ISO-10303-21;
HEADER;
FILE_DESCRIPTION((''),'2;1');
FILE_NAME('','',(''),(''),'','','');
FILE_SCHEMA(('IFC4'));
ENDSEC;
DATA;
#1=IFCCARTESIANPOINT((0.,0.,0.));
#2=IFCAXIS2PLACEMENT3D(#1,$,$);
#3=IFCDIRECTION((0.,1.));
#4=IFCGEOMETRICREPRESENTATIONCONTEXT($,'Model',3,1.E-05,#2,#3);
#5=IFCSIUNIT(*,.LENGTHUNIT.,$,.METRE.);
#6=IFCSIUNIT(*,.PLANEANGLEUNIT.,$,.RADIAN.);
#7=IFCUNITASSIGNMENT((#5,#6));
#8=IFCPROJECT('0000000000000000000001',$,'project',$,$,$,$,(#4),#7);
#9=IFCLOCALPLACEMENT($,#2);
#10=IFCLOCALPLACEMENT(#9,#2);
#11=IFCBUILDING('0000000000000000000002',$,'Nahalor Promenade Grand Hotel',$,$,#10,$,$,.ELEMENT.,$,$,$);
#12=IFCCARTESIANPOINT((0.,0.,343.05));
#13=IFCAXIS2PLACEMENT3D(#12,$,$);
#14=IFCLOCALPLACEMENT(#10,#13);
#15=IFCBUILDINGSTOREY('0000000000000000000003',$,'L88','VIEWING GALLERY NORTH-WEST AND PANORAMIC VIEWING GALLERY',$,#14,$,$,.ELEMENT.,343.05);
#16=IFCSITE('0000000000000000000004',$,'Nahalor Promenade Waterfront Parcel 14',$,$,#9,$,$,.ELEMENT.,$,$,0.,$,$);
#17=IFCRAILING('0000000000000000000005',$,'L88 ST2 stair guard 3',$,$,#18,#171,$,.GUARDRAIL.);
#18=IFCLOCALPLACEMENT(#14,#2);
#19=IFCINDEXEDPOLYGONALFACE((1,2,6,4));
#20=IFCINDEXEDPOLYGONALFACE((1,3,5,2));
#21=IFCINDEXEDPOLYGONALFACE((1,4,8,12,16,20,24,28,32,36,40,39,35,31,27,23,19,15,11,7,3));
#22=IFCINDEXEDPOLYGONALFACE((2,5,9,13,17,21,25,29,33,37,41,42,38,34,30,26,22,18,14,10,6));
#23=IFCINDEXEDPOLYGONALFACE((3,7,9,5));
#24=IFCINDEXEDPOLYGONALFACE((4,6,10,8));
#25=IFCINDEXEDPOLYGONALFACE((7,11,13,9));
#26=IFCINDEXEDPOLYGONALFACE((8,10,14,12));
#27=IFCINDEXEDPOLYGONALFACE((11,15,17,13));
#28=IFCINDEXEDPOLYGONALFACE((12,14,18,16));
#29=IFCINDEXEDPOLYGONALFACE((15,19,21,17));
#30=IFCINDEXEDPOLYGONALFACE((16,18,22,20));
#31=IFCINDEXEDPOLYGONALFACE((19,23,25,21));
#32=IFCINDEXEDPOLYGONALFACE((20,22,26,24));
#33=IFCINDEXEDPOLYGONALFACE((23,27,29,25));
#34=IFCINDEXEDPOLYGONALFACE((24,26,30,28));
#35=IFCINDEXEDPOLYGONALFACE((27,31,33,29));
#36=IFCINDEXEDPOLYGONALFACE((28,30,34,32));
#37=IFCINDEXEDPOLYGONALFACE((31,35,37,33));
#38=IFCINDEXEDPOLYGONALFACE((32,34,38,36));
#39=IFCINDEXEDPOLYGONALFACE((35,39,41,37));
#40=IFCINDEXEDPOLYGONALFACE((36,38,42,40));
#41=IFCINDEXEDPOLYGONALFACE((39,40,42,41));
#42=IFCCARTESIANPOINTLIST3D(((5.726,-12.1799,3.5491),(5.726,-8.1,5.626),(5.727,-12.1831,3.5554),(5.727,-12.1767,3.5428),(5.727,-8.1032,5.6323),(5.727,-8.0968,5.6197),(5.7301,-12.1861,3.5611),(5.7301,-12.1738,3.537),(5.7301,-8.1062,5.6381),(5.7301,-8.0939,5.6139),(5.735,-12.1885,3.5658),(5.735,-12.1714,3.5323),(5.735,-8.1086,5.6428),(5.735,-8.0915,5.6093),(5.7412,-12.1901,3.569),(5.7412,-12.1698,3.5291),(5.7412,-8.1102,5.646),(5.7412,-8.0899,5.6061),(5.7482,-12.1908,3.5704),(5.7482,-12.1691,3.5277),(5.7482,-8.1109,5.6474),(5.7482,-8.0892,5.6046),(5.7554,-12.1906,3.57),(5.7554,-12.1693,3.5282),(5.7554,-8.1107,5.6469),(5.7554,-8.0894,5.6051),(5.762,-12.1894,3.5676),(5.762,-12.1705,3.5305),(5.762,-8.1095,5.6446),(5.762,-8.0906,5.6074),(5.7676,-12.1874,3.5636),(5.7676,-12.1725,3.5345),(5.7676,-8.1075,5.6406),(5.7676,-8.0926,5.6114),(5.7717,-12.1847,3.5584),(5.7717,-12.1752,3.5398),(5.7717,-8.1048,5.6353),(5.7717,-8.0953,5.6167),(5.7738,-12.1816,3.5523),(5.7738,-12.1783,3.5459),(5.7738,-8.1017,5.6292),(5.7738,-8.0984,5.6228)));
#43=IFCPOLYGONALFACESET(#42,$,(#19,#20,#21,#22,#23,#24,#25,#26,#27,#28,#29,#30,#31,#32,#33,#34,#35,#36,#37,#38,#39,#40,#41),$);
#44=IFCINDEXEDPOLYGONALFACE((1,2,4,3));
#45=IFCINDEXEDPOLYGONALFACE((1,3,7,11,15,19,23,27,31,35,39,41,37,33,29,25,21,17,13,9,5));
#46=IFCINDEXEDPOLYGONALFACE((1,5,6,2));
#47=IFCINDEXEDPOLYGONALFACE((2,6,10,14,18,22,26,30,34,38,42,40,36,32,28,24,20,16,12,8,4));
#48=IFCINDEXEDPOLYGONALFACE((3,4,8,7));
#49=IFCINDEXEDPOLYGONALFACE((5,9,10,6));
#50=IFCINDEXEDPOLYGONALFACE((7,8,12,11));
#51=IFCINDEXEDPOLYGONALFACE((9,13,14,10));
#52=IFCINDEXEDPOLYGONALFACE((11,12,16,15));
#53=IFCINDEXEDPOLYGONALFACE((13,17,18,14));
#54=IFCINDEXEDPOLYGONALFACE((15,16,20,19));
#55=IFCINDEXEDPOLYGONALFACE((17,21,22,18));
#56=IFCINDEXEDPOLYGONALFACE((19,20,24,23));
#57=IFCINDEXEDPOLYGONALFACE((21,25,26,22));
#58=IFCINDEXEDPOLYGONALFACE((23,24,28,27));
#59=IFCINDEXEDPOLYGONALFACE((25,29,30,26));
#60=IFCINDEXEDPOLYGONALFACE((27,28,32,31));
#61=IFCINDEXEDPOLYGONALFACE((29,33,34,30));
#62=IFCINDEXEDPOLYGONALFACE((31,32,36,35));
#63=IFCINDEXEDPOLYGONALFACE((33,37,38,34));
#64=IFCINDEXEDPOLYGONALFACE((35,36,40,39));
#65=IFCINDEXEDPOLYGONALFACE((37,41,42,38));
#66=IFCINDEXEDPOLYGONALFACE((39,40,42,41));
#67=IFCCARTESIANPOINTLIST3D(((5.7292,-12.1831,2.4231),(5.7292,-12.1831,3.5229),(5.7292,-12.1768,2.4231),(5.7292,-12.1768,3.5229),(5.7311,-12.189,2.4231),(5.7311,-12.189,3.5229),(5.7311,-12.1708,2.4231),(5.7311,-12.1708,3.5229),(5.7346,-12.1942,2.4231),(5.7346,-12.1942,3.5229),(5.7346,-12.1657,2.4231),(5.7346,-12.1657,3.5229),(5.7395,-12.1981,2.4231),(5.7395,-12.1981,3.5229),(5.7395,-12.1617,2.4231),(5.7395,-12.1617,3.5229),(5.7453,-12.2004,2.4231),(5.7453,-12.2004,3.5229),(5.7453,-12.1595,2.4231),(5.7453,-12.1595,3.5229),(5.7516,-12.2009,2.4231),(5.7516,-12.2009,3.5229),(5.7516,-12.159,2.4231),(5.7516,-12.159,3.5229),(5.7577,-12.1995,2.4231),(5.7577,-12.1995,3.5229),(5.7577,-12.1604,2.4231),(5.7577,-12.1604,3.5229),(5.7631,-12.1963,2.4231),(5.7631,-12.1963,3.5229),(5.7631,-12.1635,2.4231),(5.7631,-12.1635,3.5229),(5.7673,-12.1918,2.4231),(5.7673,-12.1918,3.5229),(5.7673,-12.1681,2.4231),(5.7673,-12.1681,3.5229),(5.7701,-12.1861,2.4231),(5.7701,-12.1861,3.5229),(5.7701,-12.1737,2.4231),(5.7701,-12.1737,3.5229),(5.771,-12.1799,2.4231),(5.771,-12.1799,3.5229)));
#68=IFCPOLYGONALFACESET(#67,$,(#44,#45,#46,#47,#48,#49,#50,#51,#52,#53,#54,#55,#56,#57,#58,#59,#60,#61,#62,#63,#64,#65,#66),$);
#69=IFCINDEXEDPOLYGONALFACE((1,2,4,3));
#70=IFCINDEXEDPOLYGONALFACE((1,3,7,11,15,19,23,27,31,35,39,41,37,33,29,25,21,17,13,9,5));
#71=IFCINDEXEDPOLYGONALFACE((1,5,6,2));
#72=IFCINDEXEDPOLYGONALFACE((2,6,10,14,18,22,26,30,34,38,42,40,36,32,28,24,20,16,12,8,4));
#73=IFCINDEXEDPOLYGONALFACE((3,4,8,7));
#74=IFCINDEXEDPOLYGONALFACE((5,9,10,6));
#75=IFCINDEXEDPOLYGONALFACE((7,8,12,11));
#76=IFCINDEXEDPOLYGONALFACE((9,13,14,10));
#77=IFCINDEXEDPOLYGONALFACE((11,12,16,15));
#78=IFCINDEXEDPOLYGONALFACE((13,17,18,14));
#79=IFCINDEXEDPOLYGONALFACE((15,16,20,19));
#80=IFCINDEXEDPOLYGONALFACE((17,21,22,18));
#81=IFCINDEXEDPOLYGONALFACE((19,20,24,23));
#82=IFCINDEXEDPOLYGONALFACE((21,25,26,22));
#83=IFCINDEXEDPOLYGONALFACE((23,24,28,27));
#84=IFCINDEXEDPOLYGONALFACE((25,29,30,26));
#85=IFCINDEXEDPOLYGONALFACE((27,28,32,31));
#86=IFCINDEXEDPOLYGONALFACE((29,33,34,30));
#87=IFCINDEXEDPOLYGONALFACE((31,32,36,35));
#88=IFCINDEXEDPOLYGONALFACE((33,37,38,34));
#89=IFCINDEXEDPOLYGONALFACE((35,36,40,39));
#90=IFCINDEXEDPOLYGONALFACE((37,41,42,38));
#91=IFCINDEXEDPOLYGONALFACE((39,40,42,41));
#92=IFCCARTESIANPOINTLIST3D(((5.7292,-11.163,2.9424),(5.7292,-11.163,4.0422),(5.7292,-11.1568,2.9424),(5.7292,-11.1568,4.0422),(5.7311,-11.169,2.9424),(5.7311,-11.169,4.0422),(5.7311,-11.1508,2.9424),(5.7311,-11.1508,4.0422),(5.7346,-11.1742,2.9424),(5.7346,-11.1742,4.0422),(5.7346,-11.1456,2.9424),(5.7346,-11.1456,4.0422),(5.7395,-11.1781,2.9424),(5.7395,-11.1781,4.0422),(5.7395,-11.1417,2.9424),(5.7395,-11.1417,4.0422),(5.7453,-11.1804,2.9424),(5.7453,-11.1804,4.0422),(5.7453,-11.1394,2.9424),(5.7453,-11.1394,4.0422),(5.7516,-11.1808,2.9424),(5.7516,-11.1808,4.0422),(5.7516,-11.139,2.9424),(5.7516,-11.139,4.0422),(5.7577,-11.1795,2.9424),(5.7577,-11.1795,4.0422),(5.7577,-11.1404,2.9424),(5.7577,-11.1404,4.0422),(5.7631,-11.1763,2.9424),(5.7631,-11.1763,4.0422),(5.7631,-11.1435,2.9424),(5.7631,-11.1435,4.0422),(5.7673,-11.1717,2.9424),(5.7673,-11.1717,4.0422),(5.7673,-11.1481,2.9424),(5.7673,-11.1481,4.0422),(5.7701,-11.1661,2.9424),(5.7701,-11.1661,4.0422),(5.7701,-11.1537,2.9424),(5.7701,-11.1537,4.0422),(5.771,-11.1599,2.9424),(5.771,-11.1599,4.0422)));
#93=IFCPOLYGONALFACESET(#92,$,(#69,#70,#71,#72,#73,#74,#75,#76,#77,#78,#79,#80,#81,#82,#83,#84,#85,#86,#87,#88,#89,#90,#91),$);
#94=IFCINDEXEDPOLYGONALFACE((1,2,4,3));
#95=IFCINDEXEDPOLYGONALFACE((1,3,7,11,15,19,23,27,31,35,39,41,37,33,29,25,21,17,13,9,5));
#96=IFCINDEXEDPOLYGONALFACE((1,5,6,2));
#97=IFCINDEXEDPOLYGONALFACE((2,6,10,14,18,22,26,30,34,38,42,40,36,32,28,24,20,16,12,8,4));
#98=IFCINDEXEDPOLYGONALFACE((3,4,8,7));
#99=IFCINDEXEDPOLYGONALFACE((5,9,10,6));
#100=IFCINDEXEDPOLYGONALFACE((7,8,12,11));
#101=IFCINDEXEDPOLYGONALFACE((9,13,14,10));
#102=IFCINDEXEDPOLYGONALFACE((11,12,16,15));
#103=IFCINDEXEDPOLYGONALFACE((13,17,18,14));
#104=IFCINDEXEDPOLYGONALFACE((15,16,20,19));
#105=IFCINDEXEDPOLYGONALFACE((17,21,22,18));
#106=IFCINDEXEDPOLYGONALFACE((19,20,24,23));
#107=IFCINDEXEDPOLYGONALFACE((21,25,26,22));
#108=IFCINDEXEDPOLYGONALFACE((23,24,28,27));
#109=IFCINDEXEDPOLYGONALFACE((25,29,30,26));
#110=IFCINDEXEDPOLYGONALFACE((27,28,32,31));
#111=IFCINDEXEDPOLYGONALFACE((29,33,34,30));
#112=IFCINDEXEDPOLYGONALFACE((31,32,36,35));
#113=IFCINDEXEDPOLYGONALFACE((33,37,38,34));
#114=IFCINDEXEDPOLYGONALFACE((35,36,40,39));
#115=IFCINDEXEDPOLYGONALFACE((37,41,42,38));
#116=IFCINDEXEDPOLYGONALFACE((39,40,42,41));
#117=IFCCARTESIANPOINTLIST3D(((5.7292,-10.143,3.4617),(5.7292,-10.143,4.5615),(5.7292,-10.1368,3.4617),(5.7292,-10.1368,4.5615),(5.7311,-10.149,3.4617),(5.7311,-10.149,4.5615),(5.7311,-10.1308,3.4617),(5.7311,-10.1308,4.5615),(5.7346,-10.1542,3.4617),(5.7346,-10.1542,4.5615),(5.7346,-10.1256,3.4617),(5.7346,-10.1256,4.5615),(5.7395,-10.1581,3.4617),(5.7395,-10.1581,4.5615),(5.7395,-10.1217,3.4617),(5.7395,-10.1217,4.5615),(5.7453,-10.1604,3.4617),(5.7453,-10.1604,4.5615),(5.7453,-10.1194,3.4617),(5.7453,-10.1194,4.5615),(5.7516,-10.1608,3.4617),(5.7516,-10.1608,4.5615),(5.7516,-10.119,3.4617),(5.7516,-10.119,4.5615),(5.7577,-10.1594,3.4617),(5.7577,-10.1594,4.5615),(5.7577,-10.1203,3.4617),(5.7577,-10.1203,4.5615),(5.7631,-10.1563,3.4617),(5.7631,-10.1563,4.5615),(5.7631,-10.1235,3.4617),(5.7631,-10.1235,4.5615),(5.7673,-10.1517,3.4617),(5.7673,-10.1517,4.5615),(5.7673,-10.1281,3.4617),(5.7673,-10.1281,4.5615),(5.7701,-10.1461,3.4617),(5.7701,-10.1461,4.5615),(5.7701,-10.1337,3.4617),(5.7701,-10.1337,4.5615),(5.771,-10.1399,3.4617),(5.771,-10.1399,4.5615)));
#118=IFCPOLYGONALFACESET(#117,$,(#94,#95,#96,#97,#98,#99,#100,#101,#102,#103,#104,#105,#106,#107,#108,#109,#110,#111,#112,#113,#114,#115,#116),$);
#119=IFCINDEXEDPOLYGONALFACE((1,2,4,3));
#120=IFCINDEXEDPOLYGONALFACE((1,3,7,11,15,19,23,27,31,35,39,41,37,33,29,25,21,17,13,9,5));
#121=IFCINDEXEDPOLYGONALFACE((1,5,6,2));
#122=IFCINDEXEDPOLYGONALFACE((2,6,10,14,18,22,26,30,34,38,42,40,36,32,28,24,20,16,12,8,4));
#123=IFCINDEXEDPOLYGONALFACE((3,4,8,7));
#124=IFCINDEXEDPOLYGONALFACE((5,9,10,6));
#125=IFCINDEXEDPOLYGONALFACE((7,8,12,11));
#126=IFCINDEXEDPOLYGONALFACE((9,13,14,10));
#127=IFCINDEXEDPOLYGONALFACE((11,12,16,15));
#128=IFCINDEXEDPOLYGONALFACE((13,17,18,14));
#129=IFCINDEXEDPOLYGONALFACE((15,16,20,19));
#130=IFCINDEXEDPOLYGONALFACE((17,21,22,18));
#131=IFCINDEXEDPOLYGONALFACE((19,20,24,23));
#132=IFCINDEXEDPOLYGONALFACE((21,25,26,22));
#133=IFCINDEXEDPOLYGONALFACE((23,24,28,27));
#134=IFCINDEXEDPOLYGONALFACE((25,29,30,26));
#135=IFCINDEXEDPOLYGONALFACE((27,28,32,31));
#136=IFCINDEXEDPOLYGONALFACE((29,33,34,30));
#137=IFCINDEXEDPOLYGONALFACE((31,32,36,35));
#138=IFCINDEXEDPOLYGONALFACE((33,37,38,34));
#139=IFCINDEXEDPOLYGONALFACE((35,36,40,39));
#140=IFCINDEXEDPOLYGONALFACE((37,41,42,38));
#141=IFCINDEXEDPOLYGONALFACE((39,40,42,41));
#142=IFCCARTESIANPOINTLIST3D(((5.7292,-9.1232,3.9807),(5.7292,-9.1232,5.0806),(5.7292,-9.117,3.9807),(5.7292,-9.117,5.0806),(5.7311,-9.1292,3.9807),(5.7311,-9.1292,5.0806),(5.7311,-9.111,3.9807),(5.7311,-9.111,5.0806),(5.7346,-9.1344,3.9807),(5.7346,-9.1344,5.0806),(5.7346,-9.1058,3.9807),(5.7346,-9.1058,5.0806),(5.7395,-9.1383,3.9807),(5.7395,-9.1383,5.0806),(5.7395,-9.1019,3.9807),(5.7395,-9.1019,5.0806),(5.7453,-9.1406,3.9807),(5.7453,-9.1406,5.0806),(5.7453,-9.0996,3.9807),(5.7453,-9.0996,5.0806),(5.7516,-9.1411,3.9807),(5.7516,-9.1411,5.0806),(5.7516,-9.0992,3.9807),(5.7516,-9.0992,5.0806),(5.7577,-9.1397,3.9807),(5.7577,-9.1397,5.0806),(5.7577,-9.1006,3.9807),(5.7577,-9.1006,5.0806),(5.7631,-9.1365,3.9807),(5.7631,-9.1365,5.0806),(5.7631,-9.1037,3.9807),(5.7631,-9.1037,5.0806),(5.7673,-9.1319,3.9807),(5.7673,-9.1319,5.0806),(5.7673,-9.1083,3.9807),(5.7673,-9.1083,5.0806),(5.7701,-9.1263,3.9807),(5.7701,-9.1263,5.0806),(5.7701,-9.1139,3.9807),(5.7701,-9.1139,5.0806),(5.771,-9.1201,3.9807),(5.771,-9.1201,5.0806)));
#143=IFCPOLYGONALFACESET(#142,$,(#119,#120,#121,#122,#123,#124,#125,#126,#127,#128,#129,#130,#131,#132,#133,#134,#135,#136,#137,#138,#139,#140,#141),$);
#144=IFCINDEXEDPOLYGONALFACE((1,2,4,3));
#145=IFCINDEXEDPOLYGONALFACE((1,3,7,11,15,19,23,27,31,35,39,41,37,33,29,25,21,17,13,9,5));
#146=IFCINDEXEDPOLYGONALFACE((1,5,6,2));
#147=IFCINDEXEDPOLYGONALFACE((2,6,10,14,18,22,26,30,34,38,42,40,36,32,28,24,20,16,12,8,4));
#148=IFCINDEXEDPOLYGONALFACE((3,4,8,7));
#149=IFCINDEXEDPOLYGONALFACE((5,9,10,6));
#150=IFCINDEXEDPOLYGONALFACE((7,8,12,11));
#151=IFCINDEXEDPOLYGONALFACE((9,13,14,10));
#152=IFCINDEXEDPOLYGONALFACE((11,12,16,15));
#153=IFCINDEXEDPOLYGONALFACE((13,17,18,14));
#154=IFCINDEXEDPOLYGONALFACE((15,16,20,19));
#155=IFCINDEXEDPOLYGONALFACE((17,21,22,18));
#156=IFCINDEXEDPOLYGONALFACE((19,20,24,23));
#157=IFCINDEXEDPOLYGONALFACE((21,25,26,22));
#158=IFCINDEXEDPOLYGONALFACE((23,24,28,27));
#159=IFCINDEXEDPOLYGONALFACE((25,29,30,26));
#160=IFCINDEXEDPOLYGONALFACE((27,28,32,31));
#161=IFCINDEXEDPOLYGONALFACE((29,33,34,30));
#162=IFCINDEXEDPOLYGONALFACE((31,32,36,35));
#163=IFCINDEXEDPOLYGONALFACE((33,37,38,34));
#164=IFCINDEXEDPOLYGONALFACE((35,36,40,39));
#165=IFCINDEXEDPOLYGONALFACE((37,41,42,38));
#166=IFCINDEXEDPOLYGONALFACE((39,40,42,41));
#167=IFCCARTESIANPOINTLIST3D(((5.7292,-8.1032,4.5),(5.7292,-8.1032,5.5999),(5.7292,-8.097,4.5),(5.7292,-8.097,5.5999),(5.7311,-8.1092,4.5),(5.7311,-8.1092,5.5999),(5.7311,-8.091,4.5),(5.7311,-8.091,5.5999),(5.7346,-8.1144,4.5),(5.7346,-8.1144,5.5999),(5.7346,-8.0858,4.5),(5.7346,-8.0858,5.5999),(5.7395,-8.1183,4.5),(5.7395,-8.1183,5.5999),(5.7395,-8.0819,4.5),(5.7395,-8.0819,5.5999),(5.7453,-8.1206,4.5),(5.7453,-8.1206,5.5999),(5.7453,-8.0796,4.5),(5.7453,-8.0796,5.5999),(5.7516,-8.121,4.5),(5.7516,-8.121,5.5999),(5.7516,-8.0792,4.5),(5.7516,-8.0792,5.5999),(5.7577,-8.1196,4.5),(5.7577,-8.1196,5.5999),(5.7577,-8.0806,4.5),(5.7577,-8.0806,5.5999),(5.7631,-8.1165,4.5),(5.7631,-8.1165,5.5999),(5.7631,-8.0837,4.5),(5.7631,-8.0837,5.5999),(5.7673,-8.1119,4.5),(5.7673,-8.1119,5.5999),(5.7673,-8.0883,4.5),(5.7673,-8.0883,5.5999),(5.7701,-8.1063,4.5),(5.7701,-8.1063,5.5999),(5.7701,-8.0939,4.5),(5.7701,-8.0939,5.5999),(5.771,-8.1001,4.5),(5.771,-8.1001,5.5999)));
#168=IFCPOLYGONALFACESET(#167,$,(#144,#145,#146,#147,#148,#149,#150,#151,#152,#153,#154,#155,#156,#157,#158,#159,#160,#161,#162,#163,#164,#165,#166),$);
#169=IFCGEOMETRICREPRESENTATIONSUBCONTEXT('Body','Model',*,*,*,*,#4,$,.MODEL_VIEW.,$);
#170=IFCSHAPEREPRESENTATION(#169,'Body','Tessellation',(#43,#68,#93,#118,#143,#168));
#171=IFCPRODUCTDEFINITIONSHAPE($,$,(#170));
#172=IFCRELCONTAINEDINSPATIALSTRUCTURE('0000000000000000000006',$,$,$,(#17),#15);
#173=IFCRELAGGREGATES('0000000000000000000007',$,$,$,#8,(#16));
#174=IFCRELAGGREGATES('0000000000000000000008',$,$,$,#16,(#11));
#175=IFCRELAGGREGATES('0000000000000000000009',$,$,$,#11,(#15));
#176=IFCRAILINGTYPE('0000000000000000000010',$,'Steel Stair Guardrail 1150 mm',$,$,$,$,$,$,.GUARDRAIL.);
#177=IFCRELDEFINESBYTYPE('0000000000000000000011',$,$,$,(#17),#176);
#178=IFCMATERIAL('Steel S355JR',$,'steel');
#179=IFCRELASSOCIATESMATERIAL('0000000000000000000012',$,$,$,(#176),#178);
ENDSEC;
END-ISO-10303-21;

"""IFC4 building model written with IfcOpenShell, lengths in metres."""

from ifc_helpers import new_model, si_unit, direction, frame, origin, origin_2d, place, context, subcontext, project, spatial, circle, extrude, material, type_object, element, save


model = new_model("IFC4")

# Units and contexts
model_context = context("Model", 3, precision=1e-05, world=origin(), true_north=direction((0.0, 1.0)))
body_context = subcontext(model_context, "Body", "Model", "MODEL_VIEW")
ifc_project = project(units=[si_unit("LENGTHUNIT", "METRE"), si_unit("PLANEANGLEUNIT", "RADIAN")], contexts=[model_context])

# Site, building, storey
site_placement = place(None, origin())
site = spatial("IfcSite", under=ifc_project, at=site_placement, Name="Nahalor Promenade Waterfront Parcel 14", CompositionType="ELEMENT", RefElevation=0.0)
building_placement = place(site_placement, origin())
building = spatial("IfcBuilding", under=site, at=building_placement, Name="Nahalor Promenade Grand Hotel", CompositionType="ELEMENT")
storey_placement = place(building_placement, frame((0.0, 0.0, 343.05)))
storey = spatial("IfcBuildingStorey", under=building, at=storey_placement, Name="L88", Description="VIEWING GALLERY NORTH-WEST AND PANORAMIC VIEWING GALLERY", CompositionType="ELEMENT", Elevation=343.05)

# Shared definitions
ifc_material_1 = material(Name="Steel S355JR", Category="steel")

# Railing
railing_type_1 = type_object("IfcRailingType", Name="Steel Stair Guardrail 1150 mm", PredefinedType="GUARDRAIL", material=ifc_material_1)
railing_1_placement = place(storey_placement, frame((5.75, -12.1799, 2.4231)))
element("IfcRailing", 1, at=railing_1_placement, inside=storey, type_object=railing_type_1, Name="L88 ST2 stair guard 3", PredefinedType="GUARDRAIL", context=body_context, shape_type="SweptSolid", body=[
    extrude(circle(Radius=0.024, at=origin_2d()), frame((0.0, 0.0, 1.126), z_axis=(0.0, 0.891172, 0.453665), x_axis=(-1.0, 0.0, 0.0)), (0.0, 0.0, 1.0), 4.5781),
    extrude(circle(Radius=0.021, at=origin_2d()), origin(), (0.0, 0.0, 1.0), 1.0999),
    extrude(circle(Radius=0.021, at=origin_2d()), frame((0.0, 1.02, 0.5193)), (0.0, 0.0, 1.0), 1.0999),
    extrude(circle(Radius=0.021, at=origin_2d()), frame((0.0, 2.04, 1.0386)), (0.0, 0.0, 1.0), 1.0999),
    extrude(circle(Radius=0.021, at=origin_2d()), frame((0.0, 3.0598, 1.5576)), (0.0, 0.0, 1.0), 1.0999),
    extrude(circle(Radius=0.021, at=origin_2d()), frame((0.0, 4.0798, 2.0769)), (0.0, 0.0, 1.0), 1.0999),
])

save(model, "model.ifc")
